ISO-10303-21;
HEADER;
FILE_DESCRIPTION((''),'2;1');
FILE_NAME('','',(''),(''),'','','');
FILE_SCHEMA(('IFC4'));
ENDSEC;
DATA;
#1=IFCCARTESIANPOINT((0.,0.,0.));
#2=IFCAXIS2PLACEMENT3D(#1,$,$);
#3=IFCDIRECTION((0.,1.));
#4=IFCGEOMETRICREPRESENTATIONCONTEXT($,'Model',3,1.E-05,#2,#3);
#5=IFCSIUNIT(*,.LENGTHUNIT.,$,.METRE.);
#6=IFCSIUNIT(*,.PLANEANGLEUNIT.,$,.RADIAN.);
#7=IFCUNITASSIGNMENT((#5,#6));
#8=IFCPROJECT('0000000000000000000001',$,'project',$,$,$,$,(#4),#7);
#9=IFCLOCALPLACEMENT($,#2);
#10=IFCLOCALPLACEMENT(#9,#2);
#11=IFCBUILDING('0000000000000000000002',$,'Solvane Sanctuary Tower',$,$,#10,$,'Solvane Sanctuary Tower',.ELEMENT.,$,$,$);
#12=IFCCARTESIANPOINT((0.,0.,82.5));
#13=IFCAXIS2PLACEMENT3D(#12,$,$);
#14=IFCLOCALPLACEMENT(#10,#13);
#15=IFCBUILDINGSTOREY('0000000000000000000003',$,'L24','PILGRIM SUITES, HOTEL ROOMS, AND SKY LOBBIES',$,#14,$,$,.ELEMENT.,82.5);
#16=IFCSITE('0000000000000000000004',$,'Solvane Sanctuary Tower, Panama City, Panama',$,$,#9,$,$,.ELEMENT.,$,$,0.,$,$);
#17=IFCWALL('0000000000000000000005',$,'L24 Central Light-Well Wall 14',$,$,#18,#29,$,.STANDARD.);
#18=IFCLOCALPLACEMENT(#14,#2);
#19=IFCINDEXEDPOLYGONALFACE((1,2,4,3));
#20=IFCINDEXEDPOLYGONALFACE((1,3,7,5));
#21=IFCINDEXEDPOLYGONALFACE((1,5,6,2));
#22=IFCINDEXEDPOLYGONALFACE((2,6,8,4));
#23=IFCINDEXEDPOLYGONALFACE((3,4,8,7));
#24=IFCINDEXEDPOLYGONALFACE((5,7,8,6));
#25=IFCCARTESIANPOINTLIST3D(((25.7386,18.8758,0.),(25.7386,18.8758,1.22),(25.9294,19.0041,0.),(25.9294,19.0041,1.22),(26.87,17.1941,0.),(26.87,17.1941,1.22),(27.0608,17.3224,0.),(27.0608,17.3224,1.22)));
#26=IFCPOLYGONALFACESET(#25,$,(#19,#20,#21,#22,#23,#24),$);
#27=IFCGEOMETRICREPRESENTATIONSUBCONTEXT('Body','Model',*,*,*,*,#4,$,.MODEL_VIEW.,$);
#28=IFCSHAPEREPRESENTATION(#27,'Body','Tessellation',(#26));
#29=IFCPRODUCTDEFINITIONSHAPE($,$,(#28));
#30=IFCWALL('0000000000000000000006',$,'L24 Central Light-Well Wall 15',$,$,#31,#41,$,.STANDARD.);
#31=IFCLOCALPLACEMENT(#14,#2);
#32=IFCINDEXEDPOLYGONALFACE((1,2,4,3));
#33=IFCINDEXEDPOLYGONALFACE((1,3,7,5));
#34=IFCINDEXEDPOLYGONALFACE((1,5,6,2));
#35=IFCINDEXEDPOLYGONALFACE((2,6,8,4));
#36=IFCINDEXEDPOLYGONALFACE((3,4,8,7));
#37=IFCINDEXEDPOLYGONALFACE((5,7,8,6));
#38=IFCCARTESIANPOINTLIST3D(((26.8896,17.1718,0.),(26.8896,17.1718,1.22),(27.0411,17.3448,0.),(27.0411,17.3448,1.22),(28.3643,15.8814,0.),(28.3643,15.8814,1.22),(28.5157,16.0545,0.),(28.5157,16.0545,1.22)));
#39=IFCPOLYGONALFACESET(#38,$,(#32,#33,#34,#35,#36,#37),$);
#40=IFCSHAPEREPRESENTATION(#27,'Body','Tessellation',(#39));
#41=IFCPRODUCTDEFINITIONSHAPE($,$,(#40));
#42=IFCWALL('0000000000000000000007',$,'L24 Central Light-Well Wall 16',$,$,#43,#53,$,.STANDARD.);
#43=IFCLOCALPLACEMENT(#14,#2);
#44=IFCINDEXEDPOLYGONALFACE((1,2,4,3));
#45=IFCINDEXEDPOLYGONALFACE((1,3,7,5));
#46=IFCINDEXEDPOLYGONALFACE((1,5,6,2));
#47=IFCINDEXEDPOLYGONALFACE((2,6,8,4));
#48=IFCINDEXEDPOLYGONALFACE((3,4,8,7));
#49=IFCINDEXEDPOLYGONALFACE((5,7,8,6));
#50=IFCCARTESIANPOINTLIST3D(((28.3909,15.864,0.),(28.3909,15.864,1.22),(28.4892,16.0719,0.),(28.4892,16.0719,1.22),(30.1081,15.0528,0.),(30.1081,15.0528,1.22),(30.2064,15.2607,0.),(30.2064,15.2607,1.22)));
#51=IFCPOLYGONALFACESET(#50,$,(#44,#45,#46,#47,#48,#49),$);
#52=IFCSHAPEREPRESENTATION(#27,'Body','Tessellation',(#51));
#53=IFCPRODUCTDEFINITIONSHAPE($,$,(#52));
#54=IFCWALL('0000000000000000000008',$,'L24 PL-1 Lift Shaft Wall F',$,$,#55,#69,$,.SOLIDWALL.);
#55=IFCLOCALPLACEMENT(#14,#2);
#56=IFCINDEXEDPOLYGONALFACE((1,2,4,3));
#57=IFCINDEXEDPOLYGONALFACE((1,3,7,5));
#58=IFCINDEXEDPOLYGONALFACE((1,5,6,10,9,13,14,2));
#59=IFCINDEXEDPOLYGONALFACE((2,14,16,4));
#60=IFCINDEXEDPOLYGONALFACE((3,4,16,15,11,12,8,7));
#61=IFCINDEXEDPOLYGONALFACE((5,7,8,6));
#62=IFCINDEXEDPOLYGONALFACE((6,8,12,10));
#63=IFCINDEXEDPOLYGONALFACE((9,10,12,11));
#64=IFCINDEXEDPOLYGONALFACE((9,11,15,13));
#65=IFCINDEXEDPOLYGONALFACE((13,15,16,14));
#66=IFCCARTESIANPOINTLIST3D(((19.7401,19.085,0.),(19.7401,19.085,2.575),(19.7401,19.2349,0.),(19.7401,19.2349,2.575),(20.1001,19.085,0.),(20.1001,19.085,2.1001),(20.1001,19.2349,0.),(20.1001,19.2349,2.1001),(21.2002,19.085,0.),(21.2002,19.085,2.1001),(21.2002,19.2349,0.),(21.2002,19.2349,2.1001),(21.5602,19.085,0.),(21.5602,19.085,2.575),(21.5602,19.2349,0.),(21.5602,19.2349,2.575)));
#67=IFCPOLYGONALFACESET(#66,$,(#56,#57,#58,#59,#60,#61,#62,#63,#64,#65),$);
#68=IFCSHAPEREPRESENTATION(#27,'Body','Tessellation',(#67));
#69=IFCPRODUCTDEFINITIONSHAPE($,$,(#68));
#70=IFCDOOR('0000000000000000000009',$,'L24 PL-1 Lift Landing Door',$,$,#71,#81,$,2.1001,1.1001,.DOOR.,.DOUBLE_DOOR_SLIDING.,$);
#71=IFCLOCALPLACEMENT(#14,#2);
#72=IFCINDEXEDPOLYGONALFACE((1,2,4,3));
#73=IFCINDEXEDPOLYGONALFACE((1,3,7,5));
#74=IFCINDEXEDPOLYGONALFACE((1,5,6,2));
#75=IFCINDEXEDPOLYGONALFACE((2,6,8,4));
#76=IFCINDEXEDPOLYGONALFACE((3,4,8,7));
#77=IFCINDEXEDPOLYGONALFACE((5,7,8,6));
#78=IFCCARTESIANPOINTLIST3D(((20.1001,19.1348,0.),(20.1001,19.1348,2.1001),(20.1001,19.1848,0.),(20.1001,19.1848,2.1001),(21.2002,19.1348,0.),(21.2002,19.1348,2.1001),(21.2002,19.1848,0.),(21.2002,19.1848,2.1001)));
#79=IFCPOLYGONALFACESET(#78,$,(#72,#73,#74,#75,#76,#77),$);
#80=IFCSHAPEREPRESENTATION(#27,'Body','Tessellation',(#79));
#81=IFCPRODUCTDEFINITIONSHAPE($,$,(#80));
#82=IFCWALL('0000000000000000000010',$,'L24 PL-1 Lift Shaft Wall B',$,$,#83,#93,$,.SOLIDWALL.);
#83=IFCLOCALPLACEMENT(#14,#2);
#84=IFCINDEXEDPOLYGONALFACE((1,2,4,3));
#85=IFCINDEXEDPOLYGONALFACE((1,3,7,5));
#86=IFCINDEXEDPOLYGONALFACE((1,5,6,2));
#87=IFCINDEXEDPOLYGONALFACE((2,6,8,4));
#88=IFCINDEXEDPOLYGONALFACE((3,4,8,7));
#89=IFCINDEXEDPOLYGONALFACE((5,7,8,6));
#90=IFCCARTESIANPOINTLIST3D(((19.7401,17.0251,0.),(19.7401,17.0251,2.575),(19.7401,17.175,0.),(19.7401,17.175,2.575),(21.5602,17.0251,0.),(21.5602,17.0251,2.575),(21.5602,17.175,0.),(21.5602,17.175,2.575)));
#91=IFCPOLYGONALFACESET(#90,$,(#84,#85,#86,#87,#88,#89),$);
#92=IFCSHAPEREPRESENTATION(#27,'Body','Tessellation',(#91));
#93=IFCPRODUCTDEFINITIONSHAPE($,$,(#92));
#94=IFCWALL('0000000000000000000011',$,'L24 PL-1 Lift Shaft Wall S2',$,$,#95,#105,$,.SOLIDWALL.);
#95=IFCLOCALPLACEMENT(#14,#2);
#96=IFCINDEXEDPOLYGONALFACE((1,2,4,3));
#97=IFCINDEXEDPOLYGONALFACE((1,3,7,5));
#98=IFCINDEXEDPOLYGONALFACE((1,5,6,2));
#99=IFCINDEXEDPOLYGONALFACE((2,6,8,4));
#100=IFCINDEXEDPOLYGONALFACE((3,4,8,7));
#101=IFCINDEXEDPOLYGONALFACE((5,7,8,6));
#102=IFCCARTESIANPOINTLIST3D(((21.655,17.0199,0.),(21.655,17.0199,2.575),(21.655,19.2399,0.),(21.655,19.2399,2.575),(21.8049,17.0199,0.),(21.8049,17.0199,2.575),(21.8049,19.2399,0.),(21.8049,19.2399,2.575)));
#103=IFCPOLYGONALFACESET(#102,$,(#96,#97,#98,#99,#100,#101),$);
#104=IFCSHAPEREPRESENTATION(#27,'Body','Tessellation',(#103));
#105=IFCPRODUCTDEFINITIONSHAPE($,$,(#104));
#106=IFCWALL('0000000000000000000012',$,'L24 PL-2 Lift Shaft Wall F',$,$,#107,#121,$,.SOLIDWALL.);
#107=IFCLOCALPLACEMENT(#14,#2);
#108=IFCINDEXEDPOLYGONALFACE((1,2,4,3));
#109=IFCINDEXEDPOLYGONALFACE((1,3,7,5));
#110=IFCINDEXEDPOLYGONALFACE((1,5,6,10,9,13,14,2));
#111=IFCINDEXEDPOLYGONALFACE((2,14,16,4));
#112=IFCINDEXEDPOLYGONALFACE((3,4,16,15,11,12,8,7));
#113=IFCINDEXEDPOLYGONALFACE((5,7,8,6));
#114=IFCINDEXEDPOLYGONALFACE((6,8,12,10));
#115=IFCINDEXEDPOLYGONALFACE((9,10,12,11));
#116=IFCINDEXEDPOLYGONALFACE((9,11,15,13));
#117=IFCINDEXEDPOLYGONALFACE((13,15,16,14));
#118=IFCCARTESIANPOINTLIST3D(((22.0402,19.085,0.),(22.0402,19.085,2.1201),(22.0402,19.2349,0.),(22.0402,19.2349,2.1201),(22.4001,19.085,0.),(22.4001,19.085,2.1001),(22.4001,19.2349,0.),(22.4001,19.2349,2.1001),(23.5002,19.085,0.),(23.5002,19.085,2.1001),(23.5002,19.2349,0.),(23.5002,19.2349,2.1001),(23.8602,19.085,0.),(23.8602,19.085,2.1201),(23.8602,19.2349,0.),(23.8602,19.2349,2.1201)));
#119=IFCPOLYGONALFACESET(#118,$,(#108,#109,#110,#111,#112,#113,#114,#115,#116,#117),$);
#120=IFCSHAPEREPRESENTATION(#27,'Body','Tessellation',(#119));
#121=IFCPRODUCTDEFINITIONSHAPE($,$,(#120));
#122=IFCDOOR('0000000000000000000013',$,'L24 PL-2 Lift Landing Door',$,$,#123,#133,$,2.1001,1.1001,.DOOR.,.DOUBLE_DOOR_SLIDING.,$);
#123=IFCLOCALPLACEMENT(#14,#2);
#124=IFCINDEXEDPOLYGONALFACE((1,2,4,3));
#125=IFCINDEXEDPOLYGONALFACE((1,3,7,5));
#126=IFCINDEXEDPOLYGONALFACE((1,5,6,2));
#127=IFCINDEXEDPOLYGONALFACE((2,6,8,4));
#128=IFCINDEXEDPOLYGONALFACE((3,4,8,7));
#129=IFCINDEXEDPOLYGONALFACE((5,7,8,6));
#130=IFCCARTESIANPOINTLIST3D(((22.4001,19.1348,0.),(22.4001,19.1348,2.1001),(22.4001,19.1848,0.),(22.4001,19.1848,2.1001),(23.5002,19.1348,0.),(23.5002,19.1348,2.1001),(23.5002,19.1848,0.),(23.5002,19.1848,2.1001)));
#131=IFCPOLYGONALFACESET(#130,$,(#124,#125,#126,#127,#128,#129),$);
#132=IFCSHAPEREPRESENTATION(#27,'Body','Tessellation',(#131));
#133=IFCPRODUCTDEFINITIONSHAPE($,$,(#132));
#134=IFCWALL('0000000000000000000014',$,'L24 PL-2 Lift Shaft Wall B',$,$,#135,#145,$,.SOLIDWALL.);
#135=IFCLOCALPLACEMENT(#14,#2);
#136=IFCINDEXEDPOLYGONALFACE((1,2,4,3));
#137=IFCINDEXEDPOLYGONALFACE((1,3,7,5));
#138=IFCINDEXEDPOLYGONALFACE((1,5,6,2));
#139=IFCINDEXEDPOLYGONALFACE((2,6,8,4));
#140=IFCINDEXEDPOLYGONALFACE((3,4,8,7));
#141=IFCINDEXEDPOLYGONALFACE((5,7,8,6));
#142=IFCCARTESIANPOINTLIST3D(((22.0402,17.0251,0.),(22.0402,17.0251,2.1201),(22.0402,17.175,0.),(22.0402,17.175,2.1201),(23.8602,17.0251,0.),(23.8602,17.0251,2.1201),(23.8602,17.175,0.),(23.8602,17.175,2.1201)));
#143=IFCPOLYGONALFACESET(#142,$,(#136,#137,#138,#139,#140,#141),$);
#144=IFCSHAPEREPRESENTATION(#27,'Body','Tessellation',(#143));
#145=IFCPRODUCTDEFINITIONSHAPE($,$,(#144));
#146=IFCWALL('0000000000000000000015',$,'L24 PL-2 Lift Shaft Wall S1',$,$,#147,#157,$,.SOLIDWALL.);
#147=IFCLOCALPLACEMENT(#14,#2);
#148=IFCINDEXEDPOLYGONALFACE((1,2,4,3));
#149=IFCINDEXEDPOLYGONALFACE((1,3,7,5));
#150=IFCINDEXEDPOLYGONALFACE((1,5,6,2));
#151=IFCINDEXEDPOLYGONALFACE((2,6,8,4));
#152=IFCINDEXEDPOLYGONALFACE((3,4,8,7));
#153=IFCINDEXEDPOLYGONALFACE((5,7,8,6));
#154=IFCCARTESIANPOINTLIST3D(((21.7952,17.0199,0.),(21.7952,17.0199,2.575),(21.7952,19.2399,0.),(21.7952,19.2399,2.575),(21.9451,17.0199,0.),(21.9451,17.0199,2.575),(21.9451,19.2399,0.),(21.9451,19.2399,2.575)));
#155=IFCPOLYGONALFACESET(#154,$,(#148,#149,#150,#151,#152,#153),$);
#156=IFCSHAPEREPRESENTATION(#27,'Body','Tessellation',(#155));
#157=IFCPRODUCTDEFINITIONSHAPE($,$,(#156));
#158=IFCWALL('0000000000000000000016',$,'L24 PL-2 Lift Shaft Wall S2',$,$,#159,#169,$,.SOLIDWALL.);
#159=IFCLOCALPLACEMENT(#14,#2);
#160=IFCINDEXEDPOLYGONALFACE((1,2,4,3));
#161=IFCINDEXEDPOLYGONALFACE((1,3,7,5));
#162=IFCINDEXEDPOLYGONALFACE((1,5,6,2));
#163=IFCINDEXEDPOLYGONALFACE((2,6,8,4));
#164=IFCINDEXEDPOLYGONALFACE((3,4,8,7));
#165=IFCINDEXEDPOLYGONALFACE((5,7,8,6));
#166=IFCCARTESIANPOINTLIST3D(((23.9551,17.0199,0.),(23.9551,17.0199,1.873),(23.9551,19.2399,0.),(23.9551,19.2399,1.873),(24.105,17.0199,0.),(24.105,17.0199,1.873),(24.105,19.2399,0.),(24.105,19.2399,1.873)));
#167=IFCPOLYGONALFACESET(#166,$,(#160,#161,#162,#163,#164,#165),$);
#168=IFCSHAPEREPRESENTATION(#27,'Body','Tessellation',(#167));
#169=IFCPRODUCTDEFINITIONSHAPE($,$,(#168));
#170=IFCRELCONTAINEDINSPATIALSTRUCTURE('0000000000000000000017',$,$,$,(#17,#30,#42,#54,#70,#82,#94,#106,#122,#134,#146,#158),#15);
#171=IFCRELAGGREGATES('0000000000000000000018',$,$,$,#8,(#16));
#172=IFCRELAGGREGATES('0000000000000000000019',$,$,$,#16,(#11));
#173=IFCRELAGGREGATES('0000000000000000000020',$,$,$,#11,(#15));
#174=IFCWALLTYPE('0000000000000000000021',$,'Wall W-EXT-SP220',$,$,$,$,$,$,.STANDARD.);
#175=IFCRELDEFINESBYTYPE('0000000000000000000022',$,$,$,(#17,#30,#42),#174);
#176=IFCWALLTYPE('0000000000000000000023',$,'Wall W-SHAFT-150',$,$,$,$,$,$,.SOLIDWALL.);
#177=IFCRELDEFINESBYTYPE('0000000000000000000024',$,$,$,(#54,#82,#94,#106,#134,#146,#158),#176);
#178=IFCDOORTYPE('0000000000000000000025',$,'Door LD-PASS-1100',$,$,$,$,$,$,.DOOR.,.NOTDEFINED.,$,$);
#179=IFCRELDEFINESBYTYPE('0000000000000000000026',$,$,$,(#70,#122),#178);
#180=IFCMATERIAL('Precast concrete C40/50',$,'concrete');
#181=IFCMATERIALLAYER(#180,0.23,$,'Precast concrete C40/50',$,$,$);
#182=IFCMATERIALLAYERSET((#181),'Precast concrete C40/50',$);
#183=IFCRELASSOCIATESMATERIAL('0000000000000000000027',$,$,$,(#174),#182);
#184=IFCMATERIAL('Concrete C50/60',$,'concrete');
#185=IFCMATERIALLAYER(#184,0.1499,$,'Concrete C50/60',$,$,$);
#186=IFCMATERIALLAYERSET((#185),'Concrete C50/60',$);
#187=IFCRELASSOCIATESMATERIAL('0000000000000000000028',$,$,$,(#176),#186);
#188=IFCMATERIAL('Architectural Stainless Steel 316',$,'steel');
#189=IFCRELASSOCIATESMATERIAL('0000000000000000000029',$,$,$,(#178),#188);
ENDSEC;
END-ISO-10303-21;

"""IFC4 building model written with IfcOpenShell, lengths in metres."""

from ifc_helpers import new_model, si_unit, direction, frame, frame_2d, origin, place, context, subcontext, project, spatial, rectangle, extrude, material, layer, layer_set, type_object, element, fill, save


model = new_model("IFC4")

# Units and contexts
model_context = context("Model", 3, precision=1e-05, world=origin(), true_north=direction((0.0, 1.0)))
body_context = subcontext(model_context, "Body", "Model", "MODEL_VIEW")
ifc_project = project(units=[si_unit("LENGTHUNIT", "METRE"), si_unit("PLANEANGLEUNIT", "RADIAN")], contexts=[model_context])

# Site, building, storey
site_placement = place(None, origin())
site = spatial("IfcSite", under=ifc_project, at=site_placement, Name="Solvane Sanctuary Tower, Panama City, Panama", CompositionType="ELEMENT", RefElevation=0.0)
building_placement = place(site_placement, origin())
building = spatial("IfcBuilding", under=site, at=building_placement, Name="Solvane Sanctuary Tower", LongName="Solvane Sanctuary Tower", CompositionType="ELEMENT")
storey_placement = place(building_placement, frame((0.0, 0.0, 82.5)))
storey = spatial("IfcBuildingStorey", under=building, at=storey_placement, Name="L24", Description="PILGRIM SUITES, HOTEL ROOMS, AND SKY LOBBIES", CompositionType="ELEMENT", Elevation=82.5)

# Walls
ifc_material_1 = material(Name="Precast concrete C40/50", Category="concrete")
ifc_layer_1 = layer(ifc_material_1, 0.23, Name="Precast concrete C40/50")
ifc_layer_set_1 = layer_set([ifc_layer_1], Name="Precast concrete C40/50")
wall_type_1 = type_object("IfcWallType", Name="Wall W-EXT-SP220", PredefinedType="STANDARD", material=ifc_layer_set_1)
wall_1_placement = place(storey_placement, frame((25.834, 18.9399, 0.0), z_axis=(0.0, 0.0, 1.0), x_axis=(0.558198, -0.829708, 0.0)))
element("IfcWall", 1, at=wall_1_placement, inside=storey, type_object=wall_type_1, Name="L24 Central Light-Well Wall 14", PredefinedType="STANDARD", context=body_context, shape_type="SweptSolid", body=[
    extrude(rectangle(XDim=2.0269, YDim=0.23, at=frame_2d((1.0134, 0.0))), origin(), (0.0, 0.0, 1.0), 1.22),
])
wall_2_placement = place(storey_placement, frame((26.9653, 17.2583, 0.0), z_axis=(0.0, 0.0, 1.0), x_axis=(0.752577, -0.658505, 0.0)))
element("IfcWall", 2, at=wall_2_placement, inside=storey, type_object=wall_type_1, Name="L24 Central Light-Well Wall 15", PredefinedType="STANDARD", context=body_context, shape_type="SweptSolid", body=[
    extrude(rectangle(XDim=1.9595, YDim=0.23, at=frame_2d((0.9797, 0.0))), origin(), (0.0, 0.0, 1.0), 1.22),
])
wall_3_placement = place(storey_placement, frame((28.4399, 15.968, 0.0), z_axis=(0.0, 0.0, 1.0), x_axis=(0.90418, -0.427152, 0.0)))
element("IfcWall", 3, at=wall_3_placement, inside=storey, type_object=wall_type_1, Name="L24 Central Light-Well Wall 16", PredefinedType="STANDARD", context=body_context, shape_type="SweptSolid", body=[
    extrude(rectangle(XDim=1.8992, YDim=0.23, at=frame_2d((0.9497, 0.0))), origin(), (0.0, 0.0, 1.0), 1.22),
])

# Wall, opening, door
ifc_material_2 = material(Name="Concrete C50/60", Category="concrete")
ifc_layer_2 = layer(ifc_material_2, 0.1499, Name="Concrete C50/60")
ifc_layer_set_2 = layer_set([ifc_layer_2], Name="Concrete C50/60")
wall_type_2 = type_object("IfcWallType", Name="Wall W-SHAFT-150", PredefinedType="SOLIDWALL", material=ifc_layer_set_2)
wall_4_placement = place(storey_placement, frame((19.74, 19.1599, 0.0), z_axis=(0.0, 0.0, 1.0), x_axis=(1.0, 0.0, 0.0)))
wall_4 = element("IfcWall", 4, at=wall_4_placement, inside=storey, type_object=wall_type_2, Name="L24 PL-1 Lift Shaft Wall F", PredefinedType="SOLIDWALL", context=body_context, shape_type="SweptSolid", body=[
    extrude(rectangle(XDim=1.8201, YDim=0.1499, at=frame_2d((0.9102, 0.0))), origin(), (0.0, 0.0, 1.0), 2.575),
])
opening_1_placement = place(wall_4_placement, frame((0.3601, 0.0, 0.0)))
opening_1 = element("IfcOpeningElement", 5, at=opening_1_placement, cuts=wall_4, PredefinedType="OPENING", context=body_context, shape_type="SweptSolid", body=[
    extrude(rectangle(XDim=1.1001, YDim=2.1001, at=frame_2d((0.55, 1.05))), frame((0.0, 0.085, 0.0), z_axis=(0.0, -1.0, 0.0), x_axis=(1.0, 0.0, 0.0)), (0.0, 0.0, 1.0), 0.1699),
])
ifc_material_3 = material(Name="Architectural Stainless Steel 316", Category="steel")
door_type = type_object("IfcDoorType", Name="Door LD-PASS-1100", OperationType="NOTDEFINED", PredefinedType="DOOR", material=ifc_material_3)
door_1_placement = place(opening_1_placement, origin())
door_1 = element("IfcDoor", 6, at=door_1_placement, inside=storey, type_object=door_type, Name="L24 PL-1 Lift Landing Door", OperationType="DOUBLE_DOOR_SLIDING", OverallHeight=2.1001, OverallWidth=1.1001, PredefinedType="DOOR", context=body_context, shape_type="SweptSolid", body=[
    extrude(rectangle(XDim=1.1001, YDim=2.1001, at=frame_2d((0.55, 1.05))), frame((0.0, 0.0249, 0.0), z_axis=(0.0, -1.0, 0.0), x_axis=(1.0, 0.0, 0.0)), (0.0, 0.0, 1.0), 0.05),
])
fill(opening_1, door_1)

# Walls
wall_5_placement = place(storey_placement, frame((19.74, 17.1001, 0.0), z_axis=(0.0, 0.0, 1.0), x_axis=(1.0, 0.0, 0.0)))
element("IfcWall", 7, at=wall_5_placement, inside=storey, type_object=wall_type_2, Name="L24 PL-1 Lift Shaft Wall B", PredefinedType="SOLIDWALL", context=body_context, shape_type="SweptSolid", body=[
    extrude(rectangle(XDim=1.8201, YDim=0.1499, at=frame_2d((0.9102, 0.0))), origin(), (0.0, 0.0, 1.0), 2.575),
])
wall_6_placement = place(storey_placement, frame((21.73, 17.02, 0.0), z_axis=(0.0, 0.0, 1.0), x_axis=(0.0, 1.0, 0.0)))
element("IfcWall", 8, at=wall_6_placement, inside=storey, type_object=wall_type_2, Name="L24 PL-1 Lift Shaft Wall S2", PredefinedType="SOLIDWALL", context=body_context, shape_type="SweptSolid", body=[
    extrude(rectangle(XDim=2.22, YDim=0.1499, at=frame_2d((1.1099, 0.0))), origin(), (0.0, 0.0, 1.0), 2.575),
])

# Wall, opening, door
wall_7_placement = place(storey_placement, frame((22.04, 19.1599, 0.0), z_axis=(0.0, 0.0, 1.0), x_axis=(1.0, 0.0, 0.0)))
wall_7 = element("IfcWall", 9, at=wall_7_placement, inside=storey, type_object=wall_type_2, Name="L24 PL-2 Lift Shaft Wall F", PredefinedType="SOLIDWALL", context=body_context, shape_type="SweptSolid", body=[
    extrude(rectangle(XDim=1.8201, YDim=0.1499, at=frame_2d((0.9102, 0.0))), origin(), (0.0, 0.0, 1.0), 2.1201),
])
opening_2_placement = place(wall_7_placement, frame((0.3601, 0.0, 0.0)))
opening_2 = element("IfcOpeningElement", 10, at=opening_2_placement, cuts=wall_7, PredefinedType="OPENING", context=body_context, shape_type="SweptSolid", body=[
    extrude(rectangle(XDim=1.1001, YDim=2.1001, at=frame_2d((0.55, 1.05))), frame((0.0, 0.085, 0.0), z_axis=(0.0, -1.0, 0.0), x_axis=(1.0, 0.0, 0.0)), (0.0, 0.0, 1.0), 0.1699),
])
door_2_placement = place(opening_2_placement, origin())
door_2 = element("IfcDoor", 11, at=door_2_placement, inside=storey, type_object=door_type, Name="L24 PL-2 Lift Landing Door", OperationType="DOUBLE_DOOR_SLIDING", OverallHeight=2.1001, OverallWidth=1.1001, PredefinedType="DOOR", context=body_context, shape_type="SweptSolid", body=[
    extrude(rectangle(XDim=1.1001, YDim=2.1001, at=frame_2d((0.55, 1.05))), frame((0.0, 0.0249, 0.0), z_axis=(0.0, -1.0, 0.0), x_axis=(1.0, 0.0, 0.0)), (0.0, 0.0, 1.0), 0.05),
])
fill(opening_2, door_2)

# Walls
wall_8_placement = place(storey_placement, frame((22.04, 17.1001, 0.0), z_axis=(0.0, 0.0, 1.0), x_axis=(1.0, 0.0, 0.0)))
element("IfcWall", 12, at=wall_8_placement, inside=storey, type_object=wall_type_2, Name="L24 PL-2 Lift Shaft Wall B", PredefinedType="SOLIDWALL", context=body_context, shape_type="SweptSolid", body=[
    extrude(rectangle(XDim=1.8201, YDim=0.1499, at=frame_2d((0.9102, 0.0))), origin(), (0.0, 0.0, 1.0), 2.1201),
])
wall_9_placement = place(storey_placement, frame((21.8701, 17.02, 0.0), z_axis=(0.0, 0.0, 1.0), x_axis=(0.0, 1.0, 0.0)))
element("IfcWall", 13, at=wall_9_placement, inside=storey, type_object=wall_type_2, Name="L24 PL-2 Lift Shaft Wall S1", PredefinedType="SOLIDWALL", context=body_context, shape_type="SweptSolid", body=[
    extrude(rectangle(XDim=2.22, YDim=0.1499, at=frame_2d((1.1099, 0.0))), origin(), (0.0, 0.0, 1.0), 2.575),
])
wall_10_placement = place(storey_placement, frame((24.03, 17.02, 0.0), z_axis=(0.0, 0.0, 1.0), x_axis=(0.0, 1.0, 0.0)))
element("IfcWall", 14, at=wall_10_placement, inside=storey, type_object=wall_type_2, Name="L24 PL-2 Lift Shaft Wall S2", PredefinedType="SOLIDWALL", context=body_context, shape_type="SweptSolid", body=[
    extrude(rectangle(XDim=2.22, YDim=0.1499, at=frame_2d((1.1099, 0.0))), origin(), (0.0, 0.0, 1.0), 1.873),
])

save(model, "model.ifc")
